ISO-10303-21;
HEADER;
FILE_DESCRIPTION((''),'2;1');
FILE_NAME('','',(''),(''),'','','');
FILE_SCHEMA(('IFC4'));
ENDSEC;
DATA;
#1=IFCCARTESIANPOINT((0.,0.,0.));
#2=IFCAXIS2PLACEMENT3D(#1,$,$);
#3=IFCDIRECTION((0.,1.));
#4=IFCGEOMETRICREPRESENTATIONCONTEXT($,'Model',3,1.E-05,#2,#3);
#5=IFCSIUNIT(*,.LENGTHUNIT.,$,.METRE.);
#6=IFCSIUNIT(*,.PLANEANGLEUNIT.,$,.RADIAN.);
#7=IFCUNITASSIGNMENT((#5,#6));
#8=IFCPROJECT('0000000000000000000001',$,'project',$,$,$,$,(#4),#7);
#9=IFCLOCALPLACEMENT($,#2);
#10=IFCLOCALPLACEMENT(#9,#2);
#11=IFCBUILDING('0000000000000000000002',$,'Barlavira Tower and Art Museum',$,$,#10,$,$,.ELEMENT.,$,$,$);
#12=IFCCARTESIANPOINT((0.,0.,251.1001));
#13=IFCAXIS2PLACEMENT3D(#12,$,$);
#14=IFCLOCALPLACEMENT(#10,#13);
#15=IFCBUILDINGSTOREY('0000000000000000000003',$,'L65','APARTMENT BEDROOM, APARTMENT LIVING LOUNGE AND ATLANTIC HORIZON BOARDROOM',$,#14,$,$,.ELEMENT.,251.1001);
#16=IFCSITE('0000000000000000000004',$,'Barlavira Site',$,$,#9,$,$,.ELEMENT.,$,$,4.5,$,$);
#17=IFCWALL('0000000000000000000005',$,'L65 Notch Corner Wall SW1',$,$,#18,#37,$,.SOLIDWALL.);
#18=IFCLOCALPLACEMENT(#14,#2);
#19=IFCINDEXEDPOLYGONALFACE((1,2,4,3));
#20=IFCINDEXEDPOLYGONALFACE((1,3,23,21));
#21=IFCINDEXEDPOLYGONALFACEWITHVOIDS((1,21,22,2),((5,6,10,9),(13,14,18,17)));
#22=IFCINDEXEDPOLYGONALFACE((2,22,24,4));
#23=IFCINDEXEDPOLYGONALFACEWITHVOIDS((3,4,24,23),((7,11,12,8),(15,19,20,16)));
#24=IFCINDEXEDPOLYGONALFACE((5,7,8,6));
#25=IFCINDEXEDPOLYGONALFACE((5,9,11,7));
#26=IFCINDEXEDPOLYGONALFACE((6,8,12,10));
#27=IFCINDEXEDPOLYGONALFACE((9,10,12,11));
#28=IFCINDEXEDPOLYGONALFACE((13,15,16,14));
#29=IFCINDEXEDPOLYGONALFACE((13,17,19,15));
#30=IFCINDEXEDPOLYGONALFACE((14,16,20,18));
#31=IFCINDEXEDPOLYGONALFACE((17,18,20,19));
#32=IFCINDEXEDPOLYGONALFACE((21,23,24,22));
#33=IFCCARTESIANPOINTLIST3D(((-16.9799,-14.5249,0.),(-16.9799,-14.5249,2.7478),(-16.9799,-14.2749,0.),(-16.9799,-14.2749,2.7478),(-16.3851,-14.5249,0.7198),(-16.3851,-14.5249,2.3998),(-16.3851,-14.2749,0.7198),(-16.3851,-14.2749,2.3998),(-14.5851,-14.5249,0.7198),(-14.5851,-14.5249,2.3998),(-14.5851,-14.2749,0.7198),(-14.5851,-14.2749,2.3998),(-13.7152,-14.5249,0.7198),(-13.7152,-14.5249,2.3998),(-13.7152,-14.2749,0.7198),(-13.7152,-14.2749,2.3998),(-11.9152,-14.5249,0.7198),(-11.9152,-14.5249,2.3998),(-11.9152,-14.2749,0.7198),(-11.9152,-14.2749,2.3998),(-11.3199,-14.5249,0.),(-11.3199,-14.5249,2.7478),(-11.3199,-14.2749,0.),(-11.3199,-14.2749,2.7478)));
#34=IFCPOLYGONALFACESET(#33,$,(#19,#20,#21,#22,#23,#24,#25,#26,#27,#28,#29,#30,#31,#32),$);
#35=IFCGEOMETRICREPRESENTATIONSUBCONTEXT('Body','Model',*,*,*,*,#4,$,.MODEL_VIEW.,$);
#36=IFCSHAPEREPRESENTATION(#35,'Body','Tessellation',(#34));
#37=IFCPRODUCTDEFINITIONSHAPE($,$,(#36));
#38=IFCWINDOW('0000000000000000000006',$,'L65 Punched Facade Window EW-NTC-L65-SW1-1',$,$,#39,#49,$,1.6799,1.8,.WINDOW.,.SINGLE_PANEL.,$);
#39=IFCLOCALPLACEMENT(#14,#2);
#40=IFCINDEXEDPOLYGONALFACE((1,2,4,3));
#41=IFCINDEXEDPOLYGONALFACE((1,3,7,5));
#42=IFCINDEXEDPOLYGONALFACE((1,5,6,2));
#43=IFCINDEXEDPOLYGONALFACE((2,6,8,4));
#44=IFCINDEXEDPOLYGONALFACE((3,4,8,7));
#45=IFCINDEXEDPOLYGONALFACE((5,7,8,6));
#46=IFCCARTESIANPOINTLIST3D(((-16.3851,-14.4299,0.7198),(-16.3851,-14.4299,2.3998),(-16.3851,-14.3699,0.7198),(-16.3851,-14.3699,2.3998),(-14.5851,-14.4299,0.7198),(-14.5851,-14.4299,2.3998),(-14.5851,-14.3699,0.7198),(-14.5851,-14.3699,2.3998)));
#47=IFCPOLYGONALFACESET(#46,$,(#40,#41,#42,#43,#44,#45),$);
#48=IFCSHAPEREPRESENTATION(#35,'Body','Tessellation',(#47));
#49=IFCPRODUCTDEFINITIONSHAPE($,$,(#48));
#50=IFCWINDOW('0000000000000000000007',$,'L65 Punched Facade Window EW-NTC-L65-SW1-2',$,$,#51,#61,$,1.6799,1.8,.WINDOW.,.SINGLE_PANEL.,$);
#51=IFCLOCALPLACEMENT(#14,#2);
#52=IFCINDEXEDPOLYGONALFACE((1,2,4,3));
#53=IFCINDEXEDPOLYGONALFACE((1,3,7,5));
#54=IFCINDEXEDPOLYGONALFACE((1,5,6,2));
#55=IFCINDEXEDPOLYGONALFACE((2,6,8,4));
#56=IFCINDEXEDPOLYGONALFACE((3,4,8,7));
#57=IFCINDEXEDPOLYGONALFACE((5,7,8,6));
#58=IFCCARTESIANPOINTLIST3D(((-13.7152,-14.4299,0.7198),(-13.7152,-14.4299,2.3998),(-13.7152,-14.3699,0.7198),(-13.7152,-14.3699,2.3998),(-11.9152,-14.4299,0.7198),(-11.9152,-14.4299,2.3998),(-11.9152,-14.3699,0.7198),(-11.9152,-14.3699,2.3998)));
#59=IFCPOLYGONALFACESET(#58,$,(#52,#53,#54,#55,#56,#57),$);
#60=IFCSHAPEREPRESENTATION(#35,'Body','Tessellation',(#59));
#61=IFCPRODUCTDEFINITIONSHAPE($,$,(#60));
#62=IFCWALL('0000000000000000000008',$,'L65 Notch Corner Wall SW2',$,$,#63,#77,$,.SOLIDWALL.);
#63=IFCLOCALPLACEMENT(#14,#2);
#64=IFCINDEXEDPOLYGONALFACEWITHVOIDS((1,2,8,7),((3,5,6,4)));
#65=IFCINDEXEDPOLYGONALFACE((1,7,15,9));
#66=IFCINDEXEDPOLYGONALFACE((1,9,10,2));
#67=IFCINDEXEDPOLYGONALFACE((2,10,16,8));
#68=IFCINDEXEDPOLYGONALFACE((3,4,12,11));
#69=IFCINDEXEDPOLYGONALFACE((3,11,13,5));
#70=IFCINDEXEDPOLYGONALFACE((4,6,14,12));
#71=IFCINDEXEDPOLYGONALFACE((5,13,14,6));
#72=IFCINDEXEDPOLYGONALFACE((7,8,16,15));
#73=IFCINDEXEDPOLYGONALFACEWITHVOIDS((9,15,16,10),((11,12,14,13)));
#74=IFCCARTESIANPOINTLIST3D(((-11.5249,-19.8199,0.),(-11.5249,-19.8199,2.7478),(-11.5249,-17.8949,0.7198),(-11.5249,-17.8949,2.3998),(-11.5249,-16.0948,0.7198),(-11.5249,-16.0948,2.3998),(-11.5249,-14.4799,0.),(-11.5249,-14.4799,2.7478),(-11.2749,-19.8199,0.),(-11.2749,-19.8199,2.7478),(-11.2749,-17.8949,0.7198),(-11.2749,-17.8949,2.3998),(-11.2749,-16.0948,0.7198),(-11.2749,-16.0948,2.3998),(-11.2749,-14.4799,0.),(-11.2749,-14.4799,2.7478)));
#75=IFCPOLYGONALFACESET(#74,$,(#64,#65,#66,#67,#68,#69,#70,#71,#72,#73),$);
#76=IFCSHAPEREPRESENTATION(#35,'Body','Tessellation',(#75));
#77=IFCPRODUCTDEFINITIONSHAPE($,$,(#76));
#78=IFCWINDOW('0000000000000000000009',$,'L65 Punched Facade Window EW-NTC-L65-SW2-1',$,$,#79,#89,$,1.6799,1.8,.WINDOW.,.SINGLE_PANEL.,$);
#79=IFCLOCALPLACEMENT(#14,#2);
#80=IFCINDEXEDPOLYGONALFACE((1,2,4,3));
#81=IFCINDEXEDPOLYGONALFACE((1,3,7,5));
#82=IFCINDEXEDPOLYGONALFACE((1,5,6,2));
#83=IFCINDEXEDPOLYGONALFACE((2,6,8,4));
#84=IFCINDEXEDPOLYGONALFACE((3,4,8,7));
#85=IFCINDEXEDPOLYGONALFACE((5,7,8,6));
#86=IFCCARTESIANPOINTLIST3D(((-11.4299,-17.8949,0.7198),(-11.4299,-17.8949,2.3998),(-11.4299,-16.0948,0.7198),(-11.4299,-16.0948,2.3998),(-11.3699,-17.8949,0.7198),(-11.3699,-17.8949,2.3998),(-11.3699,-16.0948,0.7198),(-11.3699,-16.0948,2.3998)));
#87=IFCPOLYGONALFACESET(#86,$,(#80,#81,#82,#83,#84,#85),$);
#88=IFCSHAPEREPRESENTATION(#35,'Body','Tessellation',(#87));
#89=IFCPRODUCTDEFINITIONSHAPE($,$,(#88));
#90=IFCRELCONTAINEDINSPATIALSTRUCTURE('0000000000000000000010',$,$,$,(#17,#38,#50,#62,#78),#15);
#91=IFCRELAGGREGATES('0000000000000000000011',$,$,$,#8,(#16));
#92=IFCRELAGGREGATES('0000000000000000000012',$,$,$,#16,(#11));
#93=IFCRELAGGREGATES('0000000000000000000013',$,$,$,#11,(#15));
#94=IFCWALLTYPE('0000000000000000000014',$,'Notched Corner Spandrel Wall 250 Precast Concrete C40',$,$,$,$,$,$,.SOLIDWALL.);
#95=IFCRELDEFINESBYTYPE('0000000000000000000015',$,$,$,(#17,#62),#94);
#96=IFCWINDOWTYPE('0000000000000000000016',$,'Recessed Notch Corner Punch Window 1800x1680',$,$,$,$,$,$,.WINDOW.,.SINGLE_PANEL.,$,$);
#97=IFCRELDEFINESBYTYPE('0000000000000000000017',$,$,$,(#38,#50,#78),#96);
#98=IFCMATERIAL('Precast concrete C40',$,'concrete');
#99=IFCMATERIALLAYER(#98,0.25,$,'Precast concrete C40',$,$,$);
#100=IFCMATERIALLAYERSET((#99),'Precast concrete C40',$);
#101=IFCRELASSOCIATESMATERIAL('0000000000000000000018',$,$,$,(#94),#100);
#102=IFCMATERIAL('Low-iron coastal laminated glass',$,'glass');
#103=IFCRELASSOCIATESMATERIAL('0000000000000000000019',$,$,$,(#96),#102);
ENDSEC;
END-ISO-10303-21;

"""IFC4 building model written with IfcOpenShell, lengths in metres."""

from ifc_helpers import new_model, si_unit, direction, frame, frame_2d, origin, place, context, subcontext, project, spatial, rectangle, extrude, material, layer, layer_set, type_object, element, fill, save


model = new_model("IFC4")

# Units and contexts
model_context = context("Model", 3, precision=1e-05, world=origin(), true_north=direction((0.0, 1.0)))
body_context = subcontext(model_context, "Body", "Model", "MODEL_VIEW")
ifc_project = project(units=[si_unit("LENGTHUNIT", "METRE"), si_unit("PLANEANGLEUNIT", "RADIAN")], contexts=[model_context])

# Site, building, storey
site_placement = place(None, origin())
site = spatial("IfcSite", under=ifc_project, at=site_placement, Name="Barlavira Site", CompositionType="ELEMENT", RefElevation=4.5)
building_placement = place(site_placement, origin())
building = spatial("IfcBuilding", under=site, at=building_placement, Name="Barlavira Tower and Art Museum", CompositionType="ELEMENT")
storey_placement = place(building_placement, frame((0.0, 0.0, 251.1001)))
storey = spatial("IfcBuildingStorey", under=building, at=storey_placement, Name="L65", Description="APARTMENT BEDROOM, APARTMENT LIVING LOUNGE AND ATLANTIC HORIZON BOARDROOM", CompositionType="ELEMENT", Elevation=251.1001)

# Shared definitions
ifc_material_1 = material(Name="Precast concrete C40", Category="concrete")
ifc_layer_1 = layer(ifc_material_1, 0.25, Name="Precast concrete C40")
ifc_layer_set_1 = layer_set([ifc_layer_1], Name="Precast concrete C40")
wall_type = type_object("IfcWallType", Name="Notched Corner Spandrel Wall 250 Precast Concrete C40", PredefinedType="SOLIDWALL", material=ifc_layer_set_1)
ifc_material_2 = material(Name="Low-iron coastal laminated glass", Category="glass")
window_type = type_object("IfcWindowType", Name="Recessed Notch Corner Punch Window 1800x1680", PartitioningType="SINGLE_PANEL", PredefinedType="WINDOW", material=ifc_material_2)

# Wall, openings, windows
wall_1_placement = place(storey_placement, frame((-16.98, -14.3999, 0.0), z_axis=(0.0, 0.0, 1.0), x_axis=(1.0, 0.0, 0.0)))
wall_1 = element("IfcWall", 1, at=wall_1_placement, inside=storey, type_object=wall_type, Name="L65 Notch Corner Wall SW1", PredefinedType="SOLIDWALL", context=body_context, shape_type="SweptSolid", body=[
    extrude(rectangle(XDim=5.6599, YDim=0.25, at=frame_2d((2.8301, 0.0))), origin(), (0.0, 0.0, 1.0), 2.7478),
])
opening_1_placement = place(wall_1_placement, frame((0.595, 0.0, 0.72)))
opening_1 = element("IfcOpeningElement", 2, at=opening_1_placement, cuts=wall_1, PredefinedType="OPENING", context=body_context, shape_type="SweptSolid", body=[
    extrude(rectangle(XDim=1.8, YDim=1.6799, at=frame_2d((0.8999, 0.8398))), frame((0.0, 0.135, 0.0), z_axis=(0.0, -1.0, 0.0), x_axis=(1.0, 0.0, 0.0)), (0.0, 0.0, 1.0), 0.27),
])
opening_2_placement = place(wall_1_placement, frame((3.2649, 0.0, 0.72)))
opening_2 = element("IfcOpeningElement", 3, at=opening_2_placement, cuts=wall_1, PredefinedType="OPENING", context=body_context, shape_type="SweptSolid", body=[
    extrude(rectangle(XDim=1.8, YDim=1.6799, at=frame_2d((0.8999, 0.8398))), frame((0.0, 0.135, 0.0), z_axis=(0.0, -1.0, 0.0), x_axis=(1.0, 0.0, 0.0)), (0.0, 0.0, 1.0), 0.27),
])
window_1_placement = place(opening_1_placement, origin())
window_1 = element("IfcWindow", 4, at=window_1_placement, inside=storey, type_object=window_type, Name="L65 Punched Facade Window EW-NTC-L65-SW1-1", OverallHeight=1.6799, OverallWidth=1.8, PartitioningType="SINGLE_PANEL", PredefinedType="WINDOW", context=body_context, shape_type="SweptSolid", body=[
    extrude(rectangle(XDim=1.8, YDim=1.6799, at=frame_2d((0.8999, 0.8398))), frame((0.0, 0.03, 0.0), z_axis=(0.0, -1.0, 0.0), x_axis=(1.0, 0.0, 0.0)), (0.0, 0.0, 1.0), 0.0601),
])
fill(opening_1, window_1)
window_2_placement = place(opening_2_placement, origin())
window_2 = element("IfcWindow", 5, at=window_2_placement, inside=storey, type_object=window_type, Name="L65 Punched Facade Window EW-NTC-L65-SW1-2", OverallHeight=1.6799, OverallWidth=1.8, PartitioningType="SINGLE_PANEL", PredefinedType="WINDOW", context=body_context, shape_type="SweptSolid", body=[
    extrude(rectangle(XDim=1.8, YDim=1.6799, at=frame_2d((0.8999, 0.8398))), frame((0.0, 0.03, 0.0), z_axis=(0.0, -1.0, 0.0), x_axis=(1.0, 0.0, 0.0)), (0.0, 0.0, 1.0), 0.0601),
])
fill(opening_2, window_2)

# Wall, opening, window
wall_2_placement = place(storey_placement, frame((-11.3999, -14.48, 0.0), z_axis=(0.0, 0.0, 1.0), x_axis=(0.0, -1.0, 0.0)))
wall_2 = element("IfcWall", 6, at=wall_2_placement, inside=storey, type_object=wall_type, Name="L65 Notch Corner Wall SW2", PredefinedType="SOLIDWALL", context=body_context, shape_type="SweptSolid", body=[
    extrude(rectangle(XDim=5.3401, YDim=0.25, at=frame_2d((2.6699, 0.0))), origin(), (0.0, 0.0, 1.0), 2.7478),
])
opening_3_placement = place(wall_2_placement, frame((1.615, 0.0, 0.72)))
opening_3 = element("IfcOpeningElement", 7, at=opening_3_placement, cuts=wall_2, PredefinedType="OPENING", context=body_context, shape_type="SweptSolid", body=[
    extrude(rectangle(XDim=1.8, YDim=1.6799, at=frame_2d((0.8999, 0.8398))), frame((0.0, 0.135, 0.0), z_axis=(0.0, -1.0, 0.0), x_axis=(1.0, 0.0, 0.0)), (0.0, 0.0, 1.0), 0.27),
])
window_3_placement = place(opening_3_placement, origin())
window_3 = element("IfcWindow", 8, at=window_3_placement, inside=storey, type_object=window_type, Name="L65 Punched Facade Window EW-NTC-L65-SW2-1", OverallHeight=1.6799, OverallWidth=1.8, PartitioningType="SINGLE_PANEL", PredefinedType="WINDOW", context=body_context, shape_type="SweptSolid", body=[
    extrude(rectangle(XDim=1.8, YDim=1.6799, at=frame_2d((0.8999, 0.8398))), frame((0.0, 0.03, 0.0), z_axis=(0.0, -1.0, 0.0), x_axis=(1.0, 0.0, 0.0)), (0.0, 0.0, 1.0), 0.0601),
])
fill(opening_3, window_3)

save(model, "model.ifc")
